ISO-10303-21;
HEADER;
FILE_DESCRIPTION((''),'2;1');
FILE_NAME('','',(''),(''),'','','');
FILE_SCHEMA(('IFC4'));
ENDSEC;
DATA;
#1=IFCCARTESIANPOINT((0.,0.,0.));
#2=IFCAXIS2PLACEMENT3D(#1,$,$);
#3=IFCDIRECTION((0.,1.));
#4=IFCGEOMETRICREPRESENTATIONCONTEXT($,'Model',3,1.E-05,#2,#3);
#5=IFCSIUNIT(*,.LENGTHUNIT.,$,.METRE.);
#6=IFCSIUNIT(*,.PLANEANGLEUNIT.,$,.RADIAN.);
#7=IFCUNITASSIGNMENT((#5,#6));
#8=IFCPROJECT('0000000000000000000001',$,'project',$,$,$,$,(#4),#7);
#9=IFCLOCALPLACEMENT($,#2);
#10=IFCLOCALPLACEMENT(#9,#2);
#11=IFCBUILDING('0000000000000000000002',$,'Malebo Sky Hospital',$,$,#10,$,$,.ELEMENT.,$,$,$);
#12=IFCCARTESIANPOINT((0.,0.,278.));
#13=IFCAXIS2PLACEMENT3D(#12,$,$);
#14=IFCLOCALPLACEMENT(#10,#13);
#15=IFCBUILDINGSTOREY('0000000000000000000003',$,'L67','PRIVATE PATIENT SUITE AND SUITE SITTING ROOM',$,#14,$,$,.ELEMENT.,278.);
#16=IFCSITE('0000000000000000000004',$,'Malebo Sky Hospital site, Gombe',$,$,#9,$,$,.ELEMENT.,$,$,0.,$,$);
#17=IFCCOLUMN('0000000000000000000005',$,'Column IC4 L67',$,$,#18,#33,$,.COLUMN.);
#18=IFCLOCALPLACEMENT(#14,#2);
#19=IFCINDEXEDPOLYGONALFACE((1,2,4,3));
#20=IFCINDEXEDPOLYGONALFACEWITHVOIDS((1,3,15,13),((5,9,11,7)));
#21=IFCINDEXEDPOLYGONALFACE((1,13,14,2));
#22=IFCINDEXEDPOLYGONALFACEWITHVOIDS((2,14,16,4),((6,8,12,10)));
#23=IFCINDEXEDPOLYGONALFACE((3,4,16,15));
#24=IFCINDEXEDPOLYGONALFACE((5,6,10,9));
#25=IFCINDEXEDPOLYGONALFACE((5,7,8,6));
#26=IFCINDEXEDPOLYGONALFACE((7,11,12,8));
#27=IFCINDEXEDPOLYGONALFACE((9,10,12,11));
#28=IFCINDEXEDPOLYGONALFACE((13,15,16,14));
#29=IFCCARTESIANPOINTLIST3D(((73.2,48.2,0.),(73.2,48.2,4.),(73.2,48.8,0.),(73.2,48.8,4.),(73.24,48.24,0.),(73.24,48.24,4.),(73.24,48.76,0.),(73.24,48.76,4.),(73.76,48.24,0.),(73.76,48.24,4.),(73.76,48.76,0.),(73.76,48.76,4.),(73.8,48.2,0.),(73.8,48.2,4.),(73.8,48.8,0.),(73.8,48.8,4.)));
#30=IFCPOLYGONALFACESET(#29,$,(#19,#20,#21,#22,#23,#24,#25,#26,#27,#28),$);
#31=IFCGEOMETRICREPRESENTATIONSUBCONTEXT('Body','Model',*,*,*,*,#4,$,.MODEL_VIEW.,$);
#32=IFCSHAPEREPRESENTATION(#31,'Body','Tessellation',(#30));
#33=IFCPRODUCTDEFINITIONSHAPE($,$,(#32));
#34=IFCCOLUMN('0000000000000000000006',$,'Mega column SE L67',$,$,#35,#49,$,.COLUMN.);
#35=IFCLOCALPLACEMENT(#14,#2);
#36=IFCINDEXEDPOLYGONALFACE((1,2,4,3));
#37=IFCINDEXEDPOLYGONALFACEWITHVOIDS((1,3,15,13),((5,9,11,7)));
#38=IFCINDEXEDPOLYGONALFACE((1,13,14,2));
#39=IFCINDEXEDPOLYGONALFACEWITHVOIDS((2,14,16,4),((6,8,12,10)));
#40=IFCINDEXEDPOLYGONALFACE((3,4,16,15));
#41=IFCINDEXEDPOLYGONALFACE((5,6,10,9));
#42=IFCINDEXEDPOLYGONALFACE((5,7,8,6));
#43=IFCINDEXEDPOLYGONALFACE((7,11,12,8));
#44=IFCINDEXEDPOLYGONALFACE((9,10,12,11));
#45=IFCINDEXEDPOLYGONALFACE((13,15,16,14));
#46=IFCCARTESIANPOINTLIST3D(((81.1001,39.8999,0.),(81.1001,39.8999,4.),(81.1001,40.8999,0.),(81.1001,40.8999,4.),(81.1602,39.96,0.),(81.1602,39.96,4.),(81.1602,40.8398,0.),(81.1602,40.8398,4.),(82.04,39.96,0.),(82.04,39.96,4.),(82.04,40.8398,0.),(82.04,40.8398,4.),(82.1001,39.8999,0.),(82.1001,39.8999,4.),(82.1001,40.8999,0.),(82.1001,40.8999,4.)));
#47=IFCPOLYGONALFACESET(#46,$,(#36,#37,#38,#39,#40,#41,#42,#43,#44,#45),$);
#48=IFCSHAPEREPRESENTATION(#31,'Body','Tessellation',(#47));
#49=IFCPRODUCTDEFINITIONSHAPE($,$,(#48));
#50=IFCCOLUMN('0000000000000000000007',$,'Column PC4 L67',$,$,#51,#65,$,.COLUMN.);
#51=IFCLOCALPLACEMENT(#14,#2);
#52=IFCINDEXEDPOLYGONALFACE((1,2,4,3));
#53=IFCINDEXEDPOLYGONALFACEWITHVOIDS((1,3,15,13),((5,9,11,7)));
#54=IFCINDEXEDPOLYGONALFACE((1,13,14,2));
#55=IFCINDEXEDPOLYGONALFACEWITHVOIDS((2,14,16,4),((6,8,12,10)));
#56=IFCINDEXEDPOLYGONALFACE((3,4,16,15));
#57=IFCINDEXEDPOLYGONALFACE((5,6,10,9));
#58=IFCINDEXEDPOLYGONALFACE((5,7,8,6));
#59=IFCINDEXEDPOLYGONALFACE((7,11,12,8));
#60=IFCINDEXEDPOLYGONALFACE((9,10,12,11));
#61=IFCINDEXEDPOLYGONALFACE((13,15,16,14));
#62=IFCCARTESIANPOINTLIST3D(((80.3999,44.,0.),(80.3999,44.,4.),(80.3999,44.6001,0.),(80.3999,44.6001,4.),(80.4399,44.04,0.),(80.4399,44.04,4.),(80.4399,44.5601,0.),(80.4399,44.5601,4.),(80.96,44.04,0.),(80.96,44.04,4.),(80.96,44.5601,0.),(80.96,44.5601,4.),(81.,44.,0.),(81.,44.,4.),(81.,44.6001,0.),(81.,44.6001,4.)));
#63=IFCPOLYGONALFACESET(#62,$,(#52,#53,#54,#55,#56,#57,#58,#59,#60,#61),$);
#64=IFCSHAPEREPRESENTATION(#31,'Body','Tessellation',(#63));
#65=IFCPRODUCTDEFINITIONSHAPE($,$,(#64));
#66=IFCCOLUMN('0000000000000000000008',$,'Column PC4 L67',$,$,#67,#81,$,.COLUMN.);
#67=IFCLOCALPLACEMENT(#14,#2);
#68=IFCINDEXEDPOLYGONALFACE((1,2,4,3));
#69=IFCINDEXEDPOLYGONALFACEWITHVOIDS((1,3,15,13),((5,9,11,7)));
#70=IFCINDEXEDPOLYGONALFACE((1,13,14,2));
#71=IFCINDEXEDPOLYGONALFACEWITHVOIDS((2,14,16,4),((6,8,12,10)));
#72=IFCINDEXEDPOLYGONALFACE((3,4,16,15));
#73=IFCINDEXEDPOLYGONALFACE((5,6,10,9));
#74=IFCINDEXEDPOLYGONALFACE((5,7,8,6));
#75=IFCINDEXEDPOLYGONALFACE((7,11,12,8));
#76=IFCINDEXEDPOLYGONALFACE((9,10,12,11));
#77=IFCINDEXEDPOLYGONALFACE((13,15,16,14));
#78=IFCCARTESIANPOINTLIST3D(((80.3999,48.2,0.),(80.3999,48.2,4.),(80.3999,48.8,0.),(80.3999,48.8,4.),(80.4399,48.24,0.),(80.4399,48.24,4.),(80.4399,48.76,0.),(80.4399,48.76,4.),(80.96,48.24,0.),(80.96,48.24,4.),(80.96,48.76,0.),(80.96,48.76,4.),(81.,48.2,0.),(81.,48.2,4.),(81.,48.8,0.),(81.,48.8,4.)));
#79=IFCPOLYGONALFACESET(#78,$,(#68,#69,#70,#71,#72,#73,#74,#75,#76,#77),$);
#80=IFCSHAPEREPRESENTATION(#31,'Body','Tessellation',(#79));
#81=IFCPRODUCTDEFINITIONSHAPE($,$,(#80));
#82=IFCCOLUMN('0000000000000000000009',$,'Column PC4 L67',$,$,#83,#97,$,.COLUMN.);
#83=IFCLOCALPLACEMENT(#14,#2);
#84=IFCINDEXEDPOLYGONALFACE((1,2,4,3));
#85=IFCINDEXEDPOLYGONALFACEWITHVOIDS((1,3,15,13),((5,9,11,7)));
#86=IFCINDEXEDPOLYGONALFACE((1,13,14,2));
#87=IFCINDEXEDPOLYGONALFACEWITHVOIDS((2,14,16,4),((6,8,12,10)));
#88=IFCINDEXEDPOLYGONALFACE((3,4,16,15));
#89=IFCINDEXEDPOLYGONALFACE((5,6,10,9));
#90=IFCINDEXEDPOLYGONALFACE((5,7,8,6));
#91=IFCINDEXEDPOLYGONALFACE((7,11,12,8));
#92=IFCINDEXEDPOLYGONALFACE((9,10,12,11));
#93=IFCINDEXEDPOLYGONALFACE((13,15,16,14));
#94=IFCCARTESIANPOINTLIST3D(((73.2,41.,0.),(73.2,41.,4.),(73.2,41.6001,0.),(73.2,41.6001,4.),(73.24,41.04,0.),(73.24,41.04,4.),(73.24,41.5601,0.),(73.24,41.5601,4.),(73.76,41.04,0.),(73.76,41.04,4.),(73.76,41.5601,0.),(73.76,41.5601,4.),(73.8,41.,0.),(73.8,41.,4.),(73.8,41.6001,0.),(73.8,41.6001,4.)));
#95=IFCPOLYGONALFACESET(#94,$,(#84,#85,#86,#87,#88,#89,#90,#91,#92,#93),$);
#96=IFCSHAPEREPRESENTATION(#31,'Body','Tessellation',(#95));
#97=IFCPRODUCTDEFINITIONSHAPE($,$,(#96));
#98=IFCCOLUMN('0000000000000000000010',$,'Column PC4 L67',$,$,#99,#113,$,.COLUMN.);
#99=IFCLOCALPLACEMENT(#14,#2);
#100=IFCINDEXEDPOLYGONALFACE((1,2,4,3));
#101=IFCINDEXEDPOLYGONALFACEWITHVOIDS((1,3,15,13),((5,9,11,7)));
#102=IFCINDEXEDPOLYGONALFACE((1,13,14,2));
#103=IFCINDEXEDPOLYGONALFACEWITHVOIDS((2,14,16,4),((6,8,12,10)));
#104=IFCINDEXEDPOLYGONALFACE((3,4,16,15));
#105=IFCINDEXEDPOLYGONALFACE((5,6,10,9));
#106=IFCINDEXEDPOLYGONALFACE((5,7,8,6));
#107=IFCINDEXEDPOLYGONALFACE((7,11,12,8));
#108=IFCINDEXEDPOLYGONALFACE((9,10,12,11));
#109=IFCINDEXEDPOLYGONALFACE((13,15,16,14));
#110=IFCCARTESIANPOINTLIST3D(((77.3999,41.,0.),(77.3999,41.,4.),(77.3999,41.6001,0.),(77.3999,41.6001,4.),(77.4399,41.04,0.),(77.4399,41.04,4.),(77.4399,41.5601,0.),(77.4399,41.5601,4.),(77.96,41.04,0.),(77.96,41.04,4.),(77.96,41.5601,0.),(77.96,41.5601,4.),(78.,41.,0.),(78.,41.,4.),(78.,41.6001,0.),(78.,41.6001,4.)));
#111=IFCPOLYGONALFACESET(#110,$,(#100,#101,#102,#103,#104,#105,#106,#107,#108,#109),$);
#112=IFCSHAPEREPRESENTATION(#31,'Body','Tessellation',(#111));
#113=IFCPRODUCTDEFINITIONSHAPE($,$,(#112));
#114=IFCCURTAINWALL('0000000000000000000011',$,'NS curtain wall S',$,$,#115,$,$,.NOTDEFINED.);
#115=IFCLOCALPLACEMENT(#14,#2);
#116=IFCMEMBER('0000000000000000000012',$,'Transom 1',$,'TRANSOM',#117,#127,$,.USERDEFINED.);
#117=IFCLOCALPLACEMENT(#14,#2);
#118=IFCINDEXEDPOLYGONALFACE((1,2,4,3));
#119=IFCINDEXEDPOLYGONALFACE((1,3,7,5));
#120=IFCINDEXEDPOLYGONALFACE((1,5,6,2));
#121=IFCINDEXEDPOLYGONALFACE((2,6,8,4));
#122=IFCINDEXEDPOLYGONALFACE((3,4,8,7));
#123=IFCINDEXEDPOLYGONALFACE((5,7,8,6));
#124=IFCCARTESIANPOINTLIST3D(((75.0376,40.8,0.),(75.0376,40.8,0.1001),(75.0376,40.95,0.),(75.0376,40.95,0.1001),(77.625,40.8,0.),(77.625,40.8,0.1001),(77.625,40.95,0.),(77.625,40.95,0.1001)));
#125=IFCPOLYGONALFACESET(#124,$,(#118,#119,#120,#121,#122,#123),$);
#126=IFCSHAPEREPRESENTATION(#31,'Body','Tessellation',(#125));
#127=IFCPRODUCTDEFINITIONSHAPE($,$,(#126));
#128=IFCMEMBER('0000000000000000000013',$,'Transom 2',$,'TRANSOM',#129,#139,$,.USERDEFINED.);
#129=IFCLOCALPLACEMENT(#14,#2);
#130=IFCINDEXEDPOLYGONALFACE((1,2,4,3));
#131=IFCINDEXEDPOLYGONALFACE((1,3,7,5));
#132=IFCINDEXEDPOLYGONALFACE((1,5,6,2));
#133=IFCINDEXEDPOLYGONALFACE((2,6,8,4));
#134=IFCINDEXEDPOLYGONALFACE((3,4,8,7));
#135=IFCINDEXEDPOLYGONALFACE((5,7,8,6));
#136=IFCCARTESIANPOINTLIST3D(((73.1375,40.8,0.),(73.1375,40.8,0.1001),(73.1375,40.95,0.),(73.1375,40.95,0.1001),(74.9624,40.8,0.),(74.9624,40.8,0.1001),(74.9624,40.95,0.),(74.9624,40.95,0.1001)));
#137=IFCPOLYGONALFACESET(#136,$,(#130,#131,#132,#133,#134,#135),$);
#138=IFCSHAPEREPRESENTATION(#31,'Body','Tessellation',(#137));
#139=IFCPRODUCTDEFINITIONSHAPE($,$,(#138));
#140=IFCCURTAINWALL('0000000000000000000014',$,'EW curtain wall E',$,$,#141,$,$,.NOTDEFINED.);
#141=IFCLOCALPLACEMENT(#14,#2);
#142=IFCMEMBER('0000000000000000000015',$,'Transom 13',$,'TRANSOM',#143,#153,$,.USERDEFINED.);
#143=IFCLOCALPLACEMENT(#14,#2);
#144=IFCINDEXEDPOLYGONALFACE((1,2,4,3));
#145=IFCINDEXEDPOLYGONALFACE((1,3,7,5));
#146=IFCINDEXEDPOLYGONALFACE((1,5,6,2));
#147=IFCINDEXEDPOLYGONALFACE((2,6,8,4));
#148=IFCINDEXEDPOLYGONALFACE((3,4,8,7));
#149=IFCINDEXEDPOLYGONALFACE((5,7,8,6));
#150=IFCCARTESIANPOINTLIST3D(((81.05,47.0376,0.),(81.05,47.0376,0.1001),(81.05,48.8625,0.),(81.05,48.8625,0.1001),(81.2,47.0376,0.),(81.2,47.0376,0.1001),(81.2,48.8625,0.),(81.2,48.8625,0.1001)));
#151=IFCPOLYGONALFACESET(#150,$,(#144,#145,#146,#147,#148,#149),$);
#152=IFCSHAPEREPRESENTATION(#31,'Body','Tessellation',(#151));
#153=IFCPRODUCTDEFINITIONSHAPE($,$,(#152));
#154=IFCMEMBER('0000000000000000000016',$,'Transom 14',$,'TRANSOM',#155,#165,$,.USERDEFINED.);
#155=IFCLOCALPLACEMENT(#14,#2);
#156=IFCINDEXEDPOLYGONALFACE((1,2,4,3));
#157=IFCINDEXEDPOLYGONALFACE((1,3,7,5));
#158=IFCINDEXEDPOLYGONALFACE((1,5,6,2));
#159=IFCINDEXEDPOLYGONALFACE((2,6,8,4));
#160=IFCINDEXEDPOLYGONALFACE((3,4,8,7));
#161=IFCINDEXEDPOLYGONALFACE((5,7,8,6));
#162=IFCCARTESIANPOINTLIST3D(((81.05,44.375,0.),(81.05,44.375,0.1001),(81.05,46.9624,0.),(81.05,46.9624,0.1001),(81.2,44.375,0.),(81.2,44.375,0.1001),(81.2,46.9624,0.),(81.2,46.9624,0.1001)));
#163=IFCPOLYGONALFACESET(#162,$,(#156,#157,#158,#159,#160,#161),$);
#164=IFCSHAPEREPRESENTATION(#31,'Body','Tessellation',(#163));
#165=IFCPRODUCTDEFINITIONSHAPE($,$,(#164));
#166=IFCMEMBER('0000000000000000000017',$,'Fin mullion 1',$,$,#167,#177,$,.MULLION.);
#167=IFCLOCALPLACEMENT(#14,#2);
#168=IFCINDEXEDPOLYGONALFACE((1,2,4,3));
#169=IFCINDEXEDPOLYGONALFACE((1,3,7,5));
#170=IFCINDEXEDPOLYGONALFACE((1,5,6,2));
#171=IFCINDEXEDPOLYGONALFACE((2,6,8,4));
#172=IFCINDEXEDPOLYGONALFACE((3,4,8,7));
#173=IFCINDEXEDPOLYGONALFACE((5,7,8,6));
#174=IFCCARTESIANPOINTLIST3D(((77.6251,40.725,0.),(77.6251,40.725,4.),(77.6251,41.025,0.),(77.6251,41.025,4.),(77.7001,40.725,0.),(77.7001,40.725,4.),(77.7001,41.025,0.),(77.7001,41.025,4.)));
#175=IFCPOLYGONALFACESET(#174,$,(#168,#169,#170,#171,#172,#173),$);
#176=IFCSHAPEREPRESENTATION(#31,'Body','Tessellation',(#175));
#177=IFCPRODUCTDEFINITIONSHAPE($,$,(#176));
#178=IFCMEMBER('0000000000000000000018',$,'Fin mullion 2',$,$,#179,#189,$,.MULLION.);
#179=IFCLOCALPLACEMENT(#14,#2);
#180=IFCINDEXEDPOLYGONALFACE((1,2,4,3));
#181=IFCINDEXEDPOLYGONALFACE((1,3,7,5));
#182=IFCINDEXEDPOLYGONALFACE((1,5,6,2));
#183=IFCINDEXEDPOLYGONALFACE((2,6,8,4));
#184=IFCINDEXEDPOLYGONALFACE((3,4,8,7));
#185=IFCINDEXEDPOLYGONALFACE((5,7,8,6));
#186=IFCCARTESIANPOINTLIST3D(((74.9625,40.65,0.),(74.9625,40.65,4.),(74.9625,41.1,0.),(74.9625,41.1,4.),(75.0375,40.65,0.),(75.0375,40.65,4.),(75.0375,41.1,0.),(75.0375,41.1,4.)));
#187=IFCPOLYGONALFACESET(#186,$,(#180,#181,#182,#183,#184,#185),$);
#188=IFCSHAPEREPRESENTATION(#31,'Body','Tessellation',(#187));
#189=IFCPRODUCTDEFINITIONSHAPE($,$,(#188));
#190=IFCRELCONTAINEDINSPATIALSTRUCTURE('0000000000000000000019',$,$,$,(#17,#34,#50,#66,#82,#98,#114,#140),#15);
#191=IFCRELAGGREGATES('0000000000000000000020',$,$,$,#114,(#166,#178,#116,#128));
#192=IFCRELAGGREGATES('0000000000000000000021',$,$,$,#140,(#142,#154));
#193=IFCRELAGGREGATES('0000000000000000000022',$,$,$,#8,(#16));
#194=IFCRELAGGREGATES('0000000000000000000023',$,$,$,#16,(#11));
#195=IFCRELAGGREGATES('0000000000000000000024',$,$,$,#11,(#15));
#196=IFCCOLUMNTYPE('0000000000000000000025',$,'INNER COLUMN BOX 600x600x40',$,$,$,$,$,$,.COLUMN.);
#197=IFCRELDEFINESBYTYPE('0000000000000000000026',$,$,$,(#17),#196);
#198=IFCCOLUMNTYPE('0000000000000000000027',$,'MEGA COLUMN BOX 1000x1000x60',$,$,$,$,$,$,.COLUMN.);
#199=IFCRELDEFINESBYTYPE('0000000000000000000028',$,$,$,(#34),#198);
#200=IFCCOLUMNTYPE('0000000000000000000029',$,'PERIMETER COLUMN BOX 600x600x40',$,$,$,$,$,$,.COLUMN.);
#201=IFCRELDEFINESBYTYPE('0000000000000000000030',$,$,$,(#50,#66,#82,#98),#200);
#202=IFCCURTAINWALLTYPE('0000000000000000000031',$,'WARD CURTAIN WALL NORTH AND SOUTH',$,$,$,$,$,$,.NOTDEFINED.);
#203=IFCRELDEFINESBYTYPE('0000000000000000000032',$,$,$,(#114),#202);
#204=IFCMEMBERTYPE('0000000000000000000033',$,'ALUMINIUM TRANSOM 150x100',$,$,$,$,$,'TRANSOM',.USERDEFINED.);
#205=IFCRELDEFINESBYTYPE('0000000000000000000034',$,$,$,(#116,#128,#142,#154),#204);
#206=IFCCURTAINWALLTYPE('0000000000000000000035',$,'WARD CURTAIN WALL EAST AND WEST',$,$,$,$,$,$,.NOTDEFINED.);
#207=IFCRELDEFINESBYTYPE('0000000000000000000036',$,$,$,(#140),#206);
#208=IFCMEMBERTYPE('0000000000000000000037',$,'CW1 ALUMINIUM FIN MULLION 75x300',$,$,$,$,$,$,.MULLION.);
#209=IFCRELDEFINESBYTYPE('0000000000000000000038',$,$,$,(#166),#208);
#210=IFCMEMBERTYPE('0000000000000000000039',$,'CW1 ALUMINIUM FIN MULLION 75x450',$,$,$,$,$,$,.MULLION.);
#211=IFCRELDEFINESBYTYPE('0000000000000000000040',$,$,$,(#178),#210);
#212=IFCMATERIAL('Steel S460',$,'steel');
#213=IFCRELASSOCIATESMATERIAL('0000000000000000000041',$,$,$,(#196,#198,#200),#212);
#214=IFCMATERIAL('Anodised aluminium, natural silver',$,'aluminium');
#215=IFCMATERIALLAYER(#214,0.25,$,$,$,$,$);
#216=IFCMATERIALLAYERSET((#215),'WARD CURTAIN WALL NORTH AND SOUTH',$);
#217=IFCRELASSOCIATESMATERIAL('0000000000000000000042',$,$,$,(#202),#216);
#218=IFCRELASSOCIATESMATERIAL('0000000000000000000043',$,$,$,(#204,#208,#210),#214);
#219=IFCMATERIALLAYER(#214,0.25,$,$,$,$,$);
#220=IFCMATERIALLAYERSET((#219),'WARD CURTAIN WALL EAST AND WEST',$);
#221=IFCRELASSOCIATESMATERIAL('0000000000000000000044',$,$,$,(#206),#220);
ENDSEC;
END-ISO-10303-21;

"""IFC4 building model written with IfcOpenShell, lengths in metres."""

from ifc_helpers import new_model, si_unit, direction, frame, origin, origin_2d, place, context, subcontext, project, spatial, rectangle, hollow_rectangle, extrude, material, layer, layer_set, material_profile, profile_set, type_object, element, aggregate, save


model = new_model("IFC4")

# Units and contexts
model_context = context("Model", 3, precision=1e-05, world=origin(), true_north=direction((0.0, 1.0)))
body_context = subcontext(model_context, "Body", "Model", "MODEL_VIEW")
ifc_project = project(units=[si_unit("LENGTHUNIT", "METRE"), si_unit("PLANEANGLEUNIT", "RADIAN")], contexts=[model_context])

# Site, building, storey
site_placement = place(None, origin())
site = spatial("IfcSite", under=ifc_project, at=site_placement, Name="Malebo Sky Hospital site, Gombe", CompositionType="ELEMENT", RefElevation=0.0)
building_placement = place(site_placement, origin())
building = spatial("IfcBuilding", under=site, at=building_placement, Name="Malebo Sky Hospital", CompositionType="ELEMENT")
storey_placement = place(building_placement, frame((0.0, 0.0, 278.0)))
storey = spatial("IfcBuildingStorey", under=building, at=storey_placement, Name="L67", Description="PRIVATE PATIENT SUITE AND SUITE SITTING ROOM", CompositionType="ELEMENT", Elevation=278.0)

# Columns
ifc_material_1 = material(Name="Steel S460", Category="steel")
ifc_material_profile_1 = material_profile(ifc_material_1, hollow_rectangle(XDim=0.6001, YDim=0.6001, WallThickness=0.04, at=origin_2d()), Name="BOX 600x600x40")
ifc_profile_set_1 = profile_set([ifc_material_profile_1], Name="Steel S460")
column_type_1 = type_object("IfcColumnType", Name="INNER COLUMN BOX 600x600x40", PredefinedType="COLUMN", material=ifc_profile_set_1)
column_1_placement = place(storey_placement, frame((73.5, 48.5, 0.0), z_axis=(0.0, 0.0, 1.0), x_axis=(1.0, 0.0, 0.0)))
element("IfcColumn", 1, at=column_1_placement, inside=storey, type_object=column_type_1, Name="Column IC4 L67", PredefinedType="COLUMN", context=body_context, shape_type="SweptSolid", body=[
    extrude(hollow_rectangle(XDim=0.6001, YDim=0.6001, WallThickness=0.04, at=origin_2d()), origin(), (0.0, 0.0, 1.0), 4.0),
])
ifc_material_profile_2 = material_profile(ifc_material_1, hollow_rectangle(XDim=1.0, YDim=1.0, WallThickness=0.0601, at=origin_2d()), Name="BOX 1000x1000x60")
ifc_profile_set_2 = profile_set([ifc_material_profile_2], Name="Steel S460")
column_type_2 = type_object("IfcColumnType", Name="MEGA COLUMN BOX 1000x1000x60", PredefinedType="COLUMN", material=ifc_profile_set_2)
column_2_placement = place(storey_placement, frame((81.6001, 40.3999, 0.0), z_axis=(0.0, 0.0, 1.0), x_axis=(1.0, 0.0, 0.0)))
element("IfcColumn", 2, at=column_2_placement, inside=storey, type_object=column_type_2, Name="Mega column SE L67", PredefinedType="COLUMN", context=body_context, shape_type="SweptSolid", body=[
    extrude(hollow_rectangle(XDim=1.0, YDim=1.0, WallThickness=0.0601, at=origin_2d()), origin(), (0.0, 0.0, 1.0), 4.0),
])
ifc_material_profile_3 = material_profile(ifc_material_1, hollow_rectangle(XDim=0.6001, YDim=0.6001, WallThickness=0.04, at=origin_2d()), Name="BOX 600x600x40")
ifc_profile_set_3 = profile_set([ifc_material_profile_3], Name="Steel S460")
column_type_3 = type_object("IfcColumnType", Name="PERIMETER COLUMN BOX 600x600x40", PredefinedType="COLUMN", material=ifc_profile_set_3)
for number, where, z_axis, x_axis, name in (
    (3, (80.7, 44.3, 0.0), (0.0, 0.0, 1.0), (1.0, 0.0, 0.0), "Column PC4 L67"),
    (4, (80.7, 48.5, 0.0), (0.0, 0.0, 1.0), (1.0, 0.0, 0.0), "Column PC4 L67"),
    (5, (73.5, 41.3, 0.0), (0.0, 0.0, 1.0), (1.0, 0.0, 0.0), "Column PC4 L67"),
    (6, (77.7, 41.3, 0.0), (0.0, 0.0, 1.0), (1.0, 0.0, 0.0), "Column PC4 L67"),
):
    element("IfcColumn", number, at=place(storey_placement, frame(where, z_axis=z_axis, x_axis=x_axis)), inside=storey, type_object=column_type_3, Name=name, PredefinedType="COLUMN", context=body_context, shape_type="SweptSolid", body=[
        extrude(hollow_rectangle(XDim=0.6001, YDim=0.6001, WallThickness=0.04, at=origin_2d()), origin(), (0.0, 0.0, 1.0), 4.0),
    ])

# Curtain walls, members
ifc_material_2 = material(Name="Anodised aluminium, natural silver", Category="aluminium")
ifc_layer_1 = layer(ifc_material_2, 0.25)
ifc_layer_set_1 = layer_set([ifc_layer_1], Name="WARD CURTAIN WALL NORTH AND SOUTH")
curtain_wall_type_1 = type_object("IfcCurtainWallType", Name="WARD CURTAIN WALL NORTH AND SOUTH", PredefinedType="NOTDEFINED", material=ifc_layer_set_1)
curtain_wall_1_placement = place(storey_placement, origin())
curtain_wall_1 = element("IfcCurtainWall", 7, at=curtain_wall_1_placement, inside=storey, type_object=curtain_wall_type_1, Name="NS curtain wall S", PredefinedType="NOTDEFINED")
ifc_material_profile_4 = material_profile(ifc_material_2, rectangle(XDim=0.1499, YDim=0.1001, at=origin_2d()), Name="ALUMINIUM TRANSOM 150x100")
ifc_profile_set_4 = profile_set([ifc_material_profile_4], Name="Anodised aluminium, natural silver")
member_type_1 = type_object("IfcMemberType", Name="ALUMINIUM TRANSOM 150x100", ElementType="TRANSOM", PredefinedType="USERDEFINED", material=ifc_profile_set_4)
member_1_placement = place(storey_placement, frame((77.625, 40.875, 0.05), z_axis=(-1.0, 0.0, 0.0), x_axis=(0.0, -1.0, 0.0)))
member_1 = element("IfcMember", 8, at=member_1_placement, type_object=member_type_1, Name="Transom 1", ObjectType="TRANSOM", PredefinedType="USERDEFINED", context=body_context, shape_type="SweptSolid", body=[
    extrude(rectangle(XDim=0.1499, YDim=0.1001, at=origin_2d()), origin(), (0.0, 0.0, 1.0), 2.5874),
])
member_2_placement = place(storey_placement, frame((74.9624, 40.875, 0.05), z_axis=(-1.0, 0.0, 0.0), x_axis=(0.0, -1.0, 0.0)))
member_2 = element("IfcMember", 9, at=member_2_placement, type_object=member_type_1, Name="Transom 2", ObjectType="TRANSOM", PredefinedType="USERDEFINED", context=body_context, shape_type="SweptSolid", body=[
    extrude(rectangle(XDim=0.1499, YDim=0.1001, at=origin_2d()), origin(), (0.0, 0.0, 1.0), 1.825),
])
ifc_layer_2 = layer(ifc_material_2, 0.25)
ifc_layer_set_2 = layer_set([ifc_layer_2], Name="WARD CURTAIN WALL EAST AND WEST")
curtain_wall_type_2 = type_object("IfcCurtainWallType", Name="WARD CURTAIN WALL EAST AND WEST", PredefinedType="NOTDEFINED", material=ifc_layer_set_2)
curtain_wall_2_placement = place(storey_placement, origin())
curtain_wall_2 = element("IfcCurtainWall", 10, at=curtain_wall_2_placement, inside=storey, type_object=curtain_wall_type_2, Name="EW curtain wall E", PredefinedType="NOTDEFINED")
member_3_placement = place(storey_placement, frame((81.125, 48.8625, 0.05), z_axis=(0.0, -1.0, 0.0), x_axis=(1.0, 0.0, 0.0)))
member_3 = element("IfcMember", 11, at=member_3_placement, type_object=member_type_1, Name="Transom 13", ObjectType="TRANSOM", PredefinedType="USERDEFINED", context=body_context, shape_type="SweptSolid", body=[
    extrude(rectangle(XDim=0.1499, YDim=0.1001, at=origin_2d()), origin(), (0.0, 0.0, 1.0), 1.825),
])
member_4_placement = place(storey_placement, frame((81.125, 46.9624, 0.05), z_axis=(0.0, -1.0, 0.0), x_axis=(1.0, 0.0, 0.0)))
member_4 = element("IfcMember", 12, at=member_4_placement, type_object=member_type_1, Name="Transom 14", ObjectType="TRANSOM", PredefinedType="USERDEFINED", context=body_context, shape_type="SweptSolid", body=[
    extrude(rectangle(XDim=0.1499, YDim=0.1001, at=origin_2d()), origin(), (0.0, 0.0, 1.0), 2.5874),
])

# Members
ifc_material_profile_5 = material_profile(ifc_material_2, rectangle(XDim=0.075, YDim=0.3, at=origin_2d()), Name="CW1 ALUMINIUM FIN MULLION 75x300")
ifc_profile_set_5 = profile_set([ifc_material_profile_5], Name="Anodised aluminium, natural silver")
member_type_2 = type_object("IfcMemberType", Name="CW1 ALUMINIUM FIN MULLION 75x300", PredefinedType="MULLION", material=ifc_profile_set_5)
member_5_placement = place(storey_placement, frame((77.6626, 40.875, 0.0), z_axis=(0.0, 0.0, 1.0), x_axis=(-1.0, 0.0, 0.0)))
member_5 = element("IfcMember", 13, at=member_5_placement, type_object=member_type_2, Name="Fin mullion 1", PredefinedType="MULLION", context=body_context, shape_type="SweptSolid", body=[
    extrude(rectangle(XDim=0.075, YDim=0.3, at=origin_2d()), origin(), (0.0, 0.0, 1.0), 4.0),
])
ifc_material_profile_6 = material_profile(ifc_material_2, rectangle(XDim=0.075, YDim=0.45, at=origin_2d()), Name="CW1 ALUMINIUM FIN MULLION 75x450")
ifc_profile_set_6 = profile_set([ifc_material_profile_6], Name="Anodised aluminium, natural silver")
member_type_3 = type_object("IfcMemberType", Name="CW1 ALUMINIUM FIN MULLION 75x450", PredefinedType="MULLION", material=ifc_profile_set_6)
member_6_placement = place(storey_placement, frame((75.0, 40.875, 0.0), z_axis=(0.0, 0.0, 1.0), x_axis=(-1.0, 0.0, 0.0)))
member_6 = element("IfcMember", 14, at=member_6_placement, type_object=member_type_3, Name="Fin mullion 2", PredefinedType="MULLION", context=body_context, shape_type="SweptSolid", body=[
    extrude(rectangle(XDim=0.075, YDim=0.45, at=origin_2d()), origin(), (0.0, 0.0, 1.0), 4.0),
])

aggregate(curtain_wall_1, [member_5, member_6, member_1, member_2])
aggregate(curtain_wall_2, [member_3, member_4])

save(model, "model.ifc")
